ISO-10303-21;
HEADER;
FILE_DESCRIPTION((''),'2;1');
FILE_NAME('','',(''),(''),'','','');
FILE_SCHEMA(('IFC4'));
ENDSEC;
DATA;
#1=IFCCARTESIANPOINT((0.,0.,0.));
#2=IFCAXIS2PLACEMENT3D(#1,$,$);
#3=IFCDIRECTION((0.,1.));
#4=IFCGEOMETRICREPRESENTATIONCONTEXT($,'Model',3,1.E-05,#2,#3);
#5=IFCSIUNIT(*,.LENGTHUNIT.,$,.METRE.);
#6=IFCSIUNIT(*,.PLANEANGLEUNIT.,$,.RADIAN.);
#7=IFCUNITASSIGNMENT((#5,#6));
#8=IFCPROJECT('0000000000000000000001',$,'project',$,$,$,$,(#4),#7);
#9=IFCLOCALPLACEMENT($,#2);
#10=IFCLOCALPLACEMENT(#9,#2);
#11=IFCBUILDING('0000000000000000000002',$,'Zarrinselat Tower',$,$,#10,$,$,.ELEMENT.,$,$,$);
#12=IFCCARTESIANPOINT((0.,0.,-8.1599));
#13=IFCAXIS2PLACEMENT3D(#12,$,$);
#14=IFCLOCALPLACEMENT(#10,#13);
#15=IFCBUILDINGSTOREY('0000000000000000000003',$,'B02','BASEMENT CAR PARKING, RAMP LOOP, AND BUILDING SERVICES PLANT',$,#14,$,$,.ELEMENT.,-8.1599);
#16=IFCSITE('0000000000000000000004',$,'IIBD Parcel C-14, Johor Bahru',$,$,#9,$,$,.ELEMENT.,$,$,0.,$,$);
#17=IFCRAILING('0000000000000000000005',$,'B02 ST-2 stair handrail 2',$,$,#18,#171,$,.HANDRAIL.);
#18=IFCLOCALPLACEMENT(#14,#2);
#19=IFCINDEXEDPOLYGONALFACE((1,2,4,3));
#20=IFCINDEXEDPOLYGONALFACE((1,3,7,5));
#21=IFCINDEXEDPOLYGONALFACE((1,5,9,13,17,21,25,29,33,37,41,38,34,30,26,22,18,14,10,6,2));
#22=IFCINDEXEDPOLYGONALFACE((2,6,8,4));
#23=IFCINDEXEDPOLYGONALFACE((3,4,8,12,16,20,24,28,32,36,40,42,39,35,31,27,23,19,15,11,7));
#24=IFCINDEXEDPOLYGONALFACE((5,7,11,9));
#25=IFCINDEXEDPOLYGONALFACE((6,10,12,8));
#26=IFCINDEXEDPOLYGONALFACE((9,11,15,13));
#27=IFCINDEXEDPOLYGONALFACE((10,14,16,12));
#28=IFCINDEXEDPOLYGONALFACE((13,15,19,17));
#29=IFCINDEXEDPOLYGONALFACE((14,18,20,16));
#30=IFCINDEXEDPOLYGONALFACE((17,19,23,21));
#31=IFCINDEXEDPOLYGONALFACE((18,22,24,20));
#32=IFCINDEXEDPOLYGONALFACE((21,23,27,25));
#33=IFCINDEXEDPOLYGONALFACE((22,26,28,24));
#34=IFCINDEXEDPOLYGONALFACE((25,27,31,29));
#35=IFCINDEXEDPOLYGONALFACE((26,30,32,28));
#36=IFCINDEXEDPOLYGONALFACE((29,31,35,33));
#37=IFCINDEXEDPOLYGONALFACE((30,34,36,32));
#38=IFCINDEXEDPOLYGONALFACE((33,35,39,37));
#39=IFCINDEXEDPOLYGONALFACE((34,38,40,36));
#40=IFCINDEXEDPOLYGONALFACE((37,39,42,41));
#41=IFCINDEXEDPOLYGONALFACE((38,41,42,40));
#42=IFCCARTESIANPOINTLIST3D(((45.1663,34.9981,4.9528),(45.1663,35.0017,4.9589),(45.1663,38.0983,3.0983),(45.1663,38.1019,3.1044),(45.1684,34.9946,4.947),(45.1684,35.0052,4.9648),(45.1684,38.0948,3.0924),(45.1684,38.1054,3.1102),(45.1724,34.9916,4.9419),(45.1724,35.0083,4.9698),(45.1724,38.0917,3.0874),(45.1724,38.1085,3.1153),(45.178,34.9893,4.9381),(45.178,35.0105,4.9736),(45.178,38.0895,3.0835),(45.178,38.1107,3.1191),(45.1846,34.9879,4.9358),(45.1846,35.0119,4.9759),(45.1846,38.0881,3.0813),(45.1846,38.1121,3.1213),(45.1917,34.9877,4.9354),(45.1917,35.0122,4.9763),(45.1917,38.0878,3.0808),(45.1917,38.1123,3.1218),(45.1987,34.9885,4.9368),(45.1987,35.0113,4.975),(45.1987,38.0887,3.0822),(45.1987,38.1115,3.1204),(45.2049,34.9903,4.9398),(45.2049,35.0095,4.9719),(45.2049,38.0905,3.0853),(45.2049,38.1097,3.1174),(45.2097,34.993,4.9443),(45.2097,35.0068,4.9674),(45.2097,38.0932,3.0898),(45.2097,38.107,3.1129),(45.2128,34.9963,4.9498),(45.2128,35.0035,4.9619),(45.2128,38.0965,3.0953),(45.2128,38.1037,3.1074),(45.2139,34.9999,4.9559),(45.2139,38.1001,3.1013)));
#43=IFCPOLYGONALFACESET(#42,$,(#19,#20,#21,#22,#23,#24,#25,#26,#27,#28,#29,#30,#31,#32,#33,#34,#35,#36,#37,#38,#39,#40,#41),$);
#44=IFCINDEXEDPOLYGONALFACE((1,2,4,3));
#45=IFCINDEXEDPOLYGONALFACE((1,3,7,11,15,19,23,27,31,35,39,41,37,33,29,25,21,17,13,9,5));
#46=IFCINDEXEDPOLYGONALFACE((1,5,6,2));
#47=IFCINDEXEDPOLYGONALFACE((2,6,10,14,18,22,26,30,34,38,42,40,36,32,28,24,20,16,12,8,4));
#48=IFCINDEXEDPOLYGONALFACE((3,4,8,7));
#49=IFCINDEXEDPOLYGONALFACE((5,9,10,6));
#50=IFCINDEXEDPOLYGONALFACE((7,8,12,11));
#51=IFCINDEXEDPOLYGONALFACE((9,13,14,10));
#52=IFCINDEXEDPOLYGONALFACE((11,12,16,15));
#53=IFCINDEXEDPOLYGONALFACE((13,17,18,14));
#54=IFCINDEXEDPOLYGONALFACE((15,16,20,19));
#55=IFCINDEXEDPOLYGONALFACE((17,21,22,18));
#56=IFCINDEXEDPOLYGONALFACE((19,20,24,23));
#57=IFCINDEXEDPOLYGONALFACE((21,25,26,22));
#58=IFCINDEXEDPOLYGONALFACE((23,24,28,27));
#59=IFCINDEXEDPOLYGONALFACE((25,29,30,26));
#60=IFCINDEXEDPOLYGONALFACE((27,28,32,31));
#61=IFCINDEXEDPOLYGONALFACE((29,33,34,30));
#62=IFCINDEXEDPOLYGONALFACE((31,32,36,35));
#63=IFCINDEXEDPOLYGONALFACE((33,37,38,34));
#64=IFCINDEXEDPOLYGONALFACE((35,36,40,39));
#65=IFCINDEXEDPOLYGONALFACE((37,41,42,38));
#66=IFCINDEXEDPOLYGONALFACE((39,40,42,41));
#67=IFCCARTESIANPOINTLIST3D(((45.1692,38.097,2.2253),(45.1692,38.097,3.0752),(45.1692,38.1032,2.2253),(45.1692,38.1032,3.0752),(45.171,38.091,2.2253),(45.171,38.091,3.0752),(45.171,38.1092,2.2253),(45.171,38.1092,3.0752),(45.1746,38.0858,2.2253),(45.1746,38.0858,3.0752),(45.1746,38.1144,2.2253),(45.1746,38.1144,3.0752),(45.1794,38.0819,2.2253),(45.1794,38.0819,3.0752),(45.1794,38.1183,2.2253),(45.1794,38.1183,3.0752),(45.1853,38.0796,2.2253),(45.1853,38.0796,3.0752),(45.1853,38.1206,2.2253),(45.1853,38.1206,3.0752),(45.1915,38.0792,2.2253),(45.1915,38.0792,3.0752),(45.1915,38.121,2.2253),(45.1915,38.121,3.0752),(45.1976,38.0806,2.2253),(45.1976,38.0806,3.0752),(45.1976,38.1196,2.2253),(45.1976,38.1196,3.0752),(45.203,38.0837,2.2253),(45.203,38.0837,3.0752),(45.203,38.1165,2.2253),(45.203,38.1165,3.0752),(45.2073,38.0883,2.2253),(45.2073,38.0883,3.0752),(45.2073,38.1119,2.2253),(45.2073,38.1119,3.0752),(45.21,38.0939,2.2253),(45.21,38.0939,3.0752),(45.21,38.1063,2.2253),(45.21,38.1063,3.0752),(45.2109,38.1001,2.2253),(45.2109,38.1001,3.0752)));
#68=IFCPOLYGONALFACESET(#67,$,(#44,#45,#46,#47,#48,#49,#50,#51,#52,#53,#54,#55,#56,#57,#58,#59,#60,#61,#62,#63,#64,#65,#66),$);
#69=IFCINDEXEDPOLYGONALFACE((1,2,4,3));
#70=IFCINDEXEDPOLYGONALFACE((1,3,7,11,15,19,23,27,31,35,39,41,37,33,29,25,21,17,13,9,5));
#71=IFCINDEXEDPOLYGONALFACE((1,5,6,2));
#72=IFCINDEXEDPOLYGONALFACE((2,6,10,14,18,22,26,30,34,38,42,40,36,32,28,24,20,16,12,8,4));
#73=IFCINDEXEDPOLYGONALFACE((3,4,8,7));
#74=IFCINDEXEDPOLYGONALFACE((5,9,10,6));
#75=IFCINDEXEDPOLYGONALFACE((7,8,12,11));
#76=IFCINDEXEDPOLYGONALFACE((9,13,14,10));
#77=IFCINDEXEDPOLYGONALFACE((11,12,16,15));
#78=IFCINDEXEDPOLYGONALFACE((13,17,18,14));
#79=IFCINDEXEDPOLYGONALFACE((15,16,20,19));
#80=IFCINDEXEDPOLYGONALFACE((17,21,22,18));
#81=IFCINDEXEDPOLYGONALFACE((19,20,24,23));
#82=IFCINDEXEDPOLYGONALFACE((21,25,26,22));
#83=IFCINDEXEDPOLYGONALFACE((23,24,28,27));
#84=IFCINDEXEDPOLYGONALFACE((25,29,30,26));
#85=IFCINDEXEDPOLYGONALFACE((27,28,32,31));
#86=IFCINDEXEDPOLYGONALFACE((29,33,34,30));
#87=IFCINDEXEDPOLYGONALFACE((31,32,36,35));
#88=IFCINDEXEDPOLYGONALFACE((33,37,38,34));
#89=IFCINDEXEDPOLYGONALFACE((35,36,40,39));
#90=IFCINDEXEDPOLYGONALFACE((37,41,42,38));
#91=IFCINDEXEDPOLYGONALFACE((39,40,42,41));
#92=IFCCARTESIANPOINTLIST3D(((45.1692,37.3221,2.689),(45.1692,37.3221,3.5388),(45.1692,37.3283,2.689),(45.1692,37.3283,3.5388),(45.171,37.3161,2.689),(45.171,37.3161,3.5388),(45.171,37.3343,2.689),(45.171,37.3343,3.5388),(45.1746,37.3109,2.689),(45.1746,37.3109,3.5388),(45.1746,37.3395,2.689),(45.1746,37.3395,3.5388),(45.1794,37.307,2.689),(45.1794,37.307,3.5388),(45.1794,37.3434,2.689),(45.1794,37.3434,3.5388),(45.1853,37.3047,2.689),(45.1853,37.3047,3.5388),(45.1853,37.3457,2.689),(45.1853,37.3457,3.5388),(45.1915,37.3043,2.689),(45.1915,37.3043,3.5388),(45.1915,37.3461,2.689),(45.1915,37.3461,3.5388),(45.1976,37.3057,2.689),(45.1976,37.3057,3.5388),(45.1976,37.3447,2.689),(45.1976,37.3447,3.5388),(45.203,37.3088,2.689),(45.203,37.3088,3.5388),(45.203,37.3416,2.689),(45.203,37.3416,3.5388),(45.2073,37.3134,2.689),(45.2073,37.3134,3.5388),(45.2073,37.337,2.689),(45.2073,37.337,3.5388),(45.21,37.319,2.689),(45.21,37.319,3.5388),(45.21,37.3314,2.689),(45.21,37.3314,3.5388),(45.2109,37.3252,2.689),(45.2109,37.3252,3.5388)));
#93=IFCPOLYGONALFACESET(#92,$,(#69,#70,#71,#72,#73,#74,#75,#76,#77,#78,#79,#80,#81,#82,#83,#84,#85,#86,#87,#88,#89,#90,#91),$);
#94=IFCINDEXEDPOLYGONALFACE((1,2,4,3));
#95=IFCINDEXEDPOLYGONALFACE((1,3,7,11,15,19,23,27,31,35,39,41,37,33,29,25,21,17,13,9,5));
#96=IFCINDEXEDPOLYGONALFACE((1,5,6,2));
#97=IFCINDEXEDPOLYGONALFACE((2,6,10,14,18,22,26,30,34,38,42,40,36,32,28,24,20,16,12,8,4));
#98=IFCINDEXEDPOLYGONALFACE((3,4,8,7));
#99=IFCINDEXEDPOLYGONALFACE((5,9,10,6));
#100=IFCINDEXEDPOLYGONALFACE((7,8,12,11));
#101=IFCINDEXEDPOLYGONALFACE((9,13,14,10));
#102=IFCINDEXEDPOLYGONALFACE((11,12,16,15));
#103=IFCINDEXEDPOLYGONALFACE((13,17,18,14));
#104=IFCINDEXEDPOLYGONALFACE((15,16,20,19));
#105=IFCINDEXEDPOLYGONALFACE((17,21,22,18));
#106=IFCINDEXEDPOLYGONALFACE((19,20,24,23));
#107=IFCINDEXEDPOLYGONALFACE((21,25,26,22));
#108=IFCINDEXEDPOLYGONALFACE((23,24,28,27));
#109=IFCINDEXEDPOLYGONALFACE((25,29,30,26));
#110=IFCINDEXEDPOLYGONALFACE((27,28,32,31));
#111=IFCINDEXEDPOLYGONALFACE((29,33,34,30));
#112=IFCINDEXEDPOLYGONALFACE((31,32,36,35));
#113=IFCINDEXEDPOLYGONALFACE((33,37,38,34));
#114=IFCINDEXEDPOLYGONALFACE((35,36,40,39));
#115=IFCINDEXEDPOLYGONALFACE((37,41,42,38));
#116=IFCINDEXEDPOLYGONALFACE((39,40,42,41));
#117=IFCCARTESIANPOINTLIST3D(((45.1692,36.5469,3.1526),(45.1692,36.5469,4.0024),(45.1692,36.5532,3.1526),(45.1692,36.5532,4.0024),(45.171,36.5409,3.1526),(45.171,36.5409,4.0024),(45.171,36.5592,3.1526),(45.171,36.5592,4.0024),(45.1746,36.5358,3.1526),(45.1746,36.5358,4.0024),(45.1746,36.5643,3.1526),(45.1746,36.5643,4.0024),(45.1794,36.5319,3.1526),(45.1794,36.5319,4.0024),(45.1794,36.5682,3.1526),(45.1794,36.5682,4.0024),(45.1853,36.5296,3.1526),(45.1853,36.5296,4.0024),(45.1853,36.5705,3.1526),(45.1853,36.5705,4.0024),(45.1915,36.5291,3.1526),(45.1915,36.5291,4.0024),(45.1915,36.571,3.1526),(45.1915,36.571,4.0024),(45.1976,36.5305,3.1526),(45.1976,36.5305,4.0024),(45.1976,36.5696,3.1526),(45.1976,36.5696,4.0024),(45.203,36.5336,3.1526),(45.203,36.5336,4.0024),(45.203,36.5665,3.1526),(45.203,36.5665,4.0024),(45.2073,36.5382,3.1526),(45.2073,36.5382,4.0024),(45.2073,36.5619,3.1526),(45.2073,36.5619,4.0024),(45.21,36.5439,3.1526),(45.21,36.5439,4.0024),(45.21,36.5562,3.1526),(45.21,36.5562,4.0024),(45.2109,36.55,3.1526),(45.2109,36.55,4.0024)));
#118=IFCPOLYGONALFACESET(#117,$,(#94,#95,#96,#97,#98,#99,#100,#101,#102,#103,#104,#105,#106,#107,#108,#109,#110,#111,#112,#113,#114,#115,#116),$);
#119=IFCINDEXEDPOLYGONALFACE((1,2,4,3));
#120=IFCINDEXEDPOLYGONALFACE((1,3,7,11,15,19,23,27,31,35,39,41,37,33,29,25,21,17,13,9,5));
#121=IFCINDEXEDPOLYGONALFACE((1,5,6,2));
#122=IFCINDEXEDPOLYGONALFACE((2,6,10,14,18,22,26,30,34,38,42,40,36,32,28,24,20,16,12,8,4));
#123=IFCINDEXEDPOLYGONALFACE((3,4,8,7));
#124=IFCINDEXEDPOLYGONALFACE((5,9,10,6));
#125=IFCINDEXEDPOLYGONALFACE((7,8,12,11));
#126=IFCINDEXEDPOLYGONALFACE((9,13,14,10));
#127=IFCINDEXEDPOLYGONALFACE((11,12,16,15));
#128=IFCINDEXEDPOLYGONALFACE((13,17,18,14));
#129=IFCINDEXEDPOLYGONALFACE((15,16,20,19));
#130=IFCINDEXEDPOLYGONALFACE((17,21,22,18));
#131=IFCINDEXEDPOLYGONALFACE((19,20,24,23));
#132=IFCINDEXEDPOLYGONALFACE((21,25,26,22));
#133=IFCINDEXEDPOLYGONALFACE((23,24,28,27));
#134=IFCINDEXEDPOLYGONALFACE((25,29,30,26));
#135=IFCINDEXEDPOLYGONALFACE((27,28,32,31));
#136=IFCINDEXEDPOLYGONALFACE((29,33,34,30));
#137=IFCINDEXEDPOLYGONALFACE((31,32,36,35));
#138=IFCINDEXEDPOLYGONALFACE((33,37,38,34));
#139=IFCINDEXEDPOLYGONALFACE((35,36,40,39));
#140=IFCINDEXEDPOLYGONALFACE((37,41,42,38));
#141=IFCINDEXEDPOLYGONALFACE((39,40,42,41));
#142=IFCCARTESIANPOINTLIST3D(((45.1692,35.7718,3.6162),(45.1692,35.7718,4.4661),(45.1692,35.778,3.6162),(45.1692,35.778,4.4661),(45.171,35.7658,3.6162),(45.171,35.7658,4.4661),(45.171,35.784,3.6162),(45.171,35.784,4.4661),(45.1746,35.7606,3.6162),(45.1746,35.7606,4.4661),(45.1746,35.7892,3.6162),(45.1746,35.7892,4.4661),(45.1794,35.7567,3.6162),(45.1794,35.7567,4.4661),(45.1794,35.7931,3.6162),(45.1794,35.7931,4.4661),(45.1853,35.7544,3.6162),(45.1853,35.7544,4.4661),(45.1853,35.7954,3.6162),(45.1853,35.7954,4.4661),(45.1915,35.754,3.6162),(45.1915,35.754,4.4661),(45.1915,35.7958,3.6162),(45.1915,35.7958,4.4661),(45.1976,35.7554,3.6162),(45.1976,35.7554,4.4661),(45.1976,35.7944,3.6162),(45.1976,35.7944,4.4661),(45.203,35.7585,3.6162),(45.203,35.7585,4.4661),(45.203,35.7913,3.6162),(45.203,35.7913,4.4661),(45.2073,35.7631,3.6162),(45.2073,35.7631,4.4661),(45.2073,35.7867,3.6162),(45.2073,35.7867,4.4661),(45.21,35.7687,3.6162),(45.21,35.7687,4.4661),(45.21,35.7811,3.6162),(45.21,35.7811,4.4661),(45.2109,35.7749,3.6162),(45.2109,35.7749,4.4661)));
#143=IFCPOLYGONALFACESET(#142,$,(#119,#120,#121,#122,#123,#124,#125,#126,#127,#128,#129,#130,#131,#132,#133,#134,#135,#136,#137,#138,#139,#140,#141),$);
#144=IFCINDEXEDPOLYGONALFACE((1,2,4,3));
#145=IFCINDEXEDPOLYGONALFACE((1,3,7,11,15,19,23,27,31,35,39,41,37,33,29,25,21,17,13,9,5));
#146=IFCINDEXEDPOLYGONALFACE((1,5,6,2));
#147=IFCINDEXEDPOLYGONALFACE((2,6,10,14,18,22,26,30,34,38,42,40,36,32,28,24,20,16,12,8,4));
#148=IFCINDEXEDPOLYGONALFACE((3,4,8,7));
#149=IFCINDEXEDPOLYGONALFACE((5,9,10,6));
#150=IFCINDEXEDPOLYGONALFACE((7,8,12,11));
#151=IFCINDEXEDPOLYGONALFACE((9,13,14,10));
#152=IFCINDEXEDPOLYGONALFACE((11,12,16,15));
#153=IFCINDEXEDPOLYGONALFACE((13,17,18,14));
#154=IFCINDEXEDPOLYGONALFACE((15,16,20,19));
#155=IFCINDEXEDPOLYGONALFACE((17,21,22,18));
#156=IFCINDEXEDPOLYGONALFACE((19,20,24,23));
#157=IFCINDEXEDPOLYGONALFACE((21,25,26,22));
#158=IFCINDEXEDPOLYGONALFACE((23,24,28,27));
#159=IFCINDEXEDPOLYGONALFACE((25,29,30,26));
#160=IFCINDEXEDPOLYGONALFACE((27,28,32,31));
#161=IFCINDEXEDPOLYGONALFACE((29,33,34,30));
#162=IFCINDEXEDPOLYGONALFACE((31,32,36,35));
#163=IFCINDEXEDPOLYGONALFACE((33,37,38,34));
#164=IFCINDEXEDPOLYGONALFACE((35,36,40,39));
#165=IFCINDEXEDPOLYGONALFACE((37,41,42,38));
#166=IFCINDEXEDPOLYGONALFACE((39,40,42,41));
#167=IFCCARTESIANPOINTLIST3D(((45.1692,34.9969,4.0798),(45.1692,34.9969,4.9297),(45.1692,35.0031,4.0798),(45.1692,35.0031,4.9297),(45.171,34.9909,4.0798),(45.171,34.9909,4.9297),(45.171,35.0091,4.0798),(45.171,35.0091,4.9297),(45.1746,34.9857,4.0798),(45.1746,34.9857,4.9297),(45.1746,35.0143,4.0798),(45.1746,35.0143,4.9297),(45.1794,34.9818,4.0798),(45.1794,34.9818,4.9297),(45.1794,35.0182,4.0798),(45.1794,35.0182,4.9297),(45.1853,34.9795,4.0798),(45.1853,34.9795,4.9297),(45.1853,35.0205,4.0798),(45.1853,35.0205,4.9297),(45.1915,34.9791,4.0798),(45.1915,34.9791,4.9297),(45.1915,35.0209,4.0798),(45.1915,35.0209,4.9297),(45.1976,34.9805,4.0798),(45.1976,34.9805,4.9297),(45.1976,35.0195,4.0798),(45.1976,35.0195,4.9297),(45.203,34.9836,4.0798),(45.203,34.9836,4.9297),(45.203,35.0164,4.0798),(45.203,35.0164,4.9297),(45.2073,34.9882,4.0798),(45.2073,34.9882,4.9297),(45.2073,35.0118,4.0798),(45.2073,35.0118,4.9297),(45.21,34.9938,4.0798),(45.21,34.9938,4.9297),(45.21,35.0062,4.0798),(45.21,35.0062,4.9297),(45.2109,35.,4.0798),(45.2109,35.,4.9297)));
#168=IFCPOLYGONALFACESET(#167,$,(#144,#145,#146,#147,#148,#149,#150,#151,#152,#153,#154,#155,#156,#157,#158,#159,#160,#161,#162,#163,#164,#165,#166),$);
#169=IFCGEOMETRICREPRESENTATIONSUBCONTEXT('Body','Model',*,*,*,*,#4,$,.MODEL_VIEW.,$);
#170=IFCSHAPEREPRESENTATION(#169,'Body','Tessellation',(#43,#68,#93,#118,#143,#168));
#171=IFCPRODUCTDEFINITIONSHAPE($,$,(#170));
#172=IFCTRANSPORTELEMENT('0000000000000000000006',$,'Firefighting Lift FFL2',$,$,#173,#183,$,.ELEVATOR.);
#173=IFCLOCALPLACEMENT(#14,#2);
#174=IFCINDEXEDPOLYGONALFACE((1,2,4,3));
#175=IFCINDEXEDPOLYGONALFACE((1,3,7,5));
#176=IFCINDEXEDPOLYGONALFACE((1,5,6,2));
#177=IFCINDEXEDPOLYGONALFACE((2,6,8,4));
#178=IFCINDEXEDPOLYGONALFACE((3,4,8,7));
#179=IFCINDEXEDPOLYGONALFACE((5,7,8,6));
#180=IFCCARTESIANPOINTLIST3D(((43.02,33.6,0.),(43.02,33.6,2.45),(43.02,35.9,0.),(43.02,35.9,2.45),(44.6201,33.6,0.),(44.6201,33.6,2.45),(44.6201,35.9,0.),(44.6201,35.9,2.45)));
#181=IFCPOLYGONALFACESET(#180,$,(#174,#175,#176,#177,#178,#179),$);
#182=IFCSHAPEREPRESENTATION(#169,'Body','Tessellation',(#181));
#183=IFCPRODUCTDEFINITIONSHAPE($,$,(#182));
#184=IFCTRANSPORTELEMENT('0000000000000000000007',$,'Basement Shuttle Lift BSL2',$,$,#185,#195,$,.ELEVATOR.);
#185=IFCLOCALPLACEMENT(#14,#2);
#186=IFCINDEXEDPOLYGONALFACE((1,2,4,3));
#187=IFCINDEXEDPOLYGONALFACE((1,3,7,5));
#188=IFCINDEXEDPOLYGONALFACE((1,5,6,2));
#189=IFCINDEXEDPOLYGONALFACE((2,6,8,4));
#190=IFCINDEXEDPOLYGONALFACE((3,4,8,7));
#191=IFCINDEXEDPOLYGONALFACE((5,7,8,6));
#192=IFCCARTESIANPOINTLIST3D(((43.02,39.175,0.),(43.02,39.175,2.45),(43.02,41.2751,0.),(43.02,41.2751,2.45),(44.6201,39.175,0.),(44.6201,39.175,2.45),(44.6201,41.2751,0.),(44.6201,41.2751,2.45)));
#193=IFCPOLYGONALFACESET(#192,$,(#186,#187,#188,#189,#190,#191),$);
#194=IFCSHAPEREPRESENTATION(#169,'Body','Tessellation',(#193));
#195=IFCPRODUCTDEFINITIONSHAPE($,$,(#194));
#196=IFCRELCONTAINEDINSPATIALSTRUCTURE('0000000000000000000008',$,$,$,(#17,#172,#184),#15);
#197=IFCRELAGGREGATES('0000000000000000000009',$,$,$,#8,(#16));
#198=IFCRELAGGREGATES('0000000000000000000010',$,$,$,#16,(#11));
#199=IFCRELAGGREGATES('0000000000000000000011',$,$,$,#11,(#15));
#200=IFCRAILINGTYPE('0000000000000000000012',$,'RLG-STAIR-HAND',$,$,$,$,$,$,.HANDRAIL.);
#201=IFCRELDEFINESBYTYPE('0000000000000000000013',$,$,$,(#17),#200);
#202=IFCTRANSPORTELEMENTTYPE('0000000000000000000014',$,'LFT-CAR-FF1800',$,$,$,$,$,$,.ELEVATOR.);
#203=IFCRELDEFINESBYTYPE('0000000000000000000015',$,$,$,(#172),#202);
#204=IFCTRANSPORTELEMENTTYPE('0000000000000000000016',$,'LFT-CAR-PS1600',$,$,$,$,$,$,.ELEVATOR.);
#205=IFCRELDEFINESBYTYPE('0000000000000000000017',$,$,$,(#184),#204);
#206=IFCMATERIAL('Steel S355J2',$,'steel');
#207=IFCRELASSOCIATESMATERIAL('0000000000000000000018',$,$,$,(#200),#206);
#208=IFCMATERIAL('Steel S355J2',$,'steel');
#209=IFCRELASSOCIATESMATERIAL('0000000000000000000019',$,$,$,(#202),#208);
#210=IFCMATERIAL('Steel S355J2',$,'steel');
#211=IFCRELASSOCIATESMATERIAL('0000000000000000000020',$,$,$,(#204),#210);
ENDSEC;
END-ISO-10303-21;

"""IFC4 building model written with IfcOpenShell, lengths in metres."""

from ifc_helpers import new_model, si_unit, direction, frame, origin, origin_2d, place, context, subcontext, project, spatial, rectangle, circle, extrude, material, type_object, element, save


model = new_model("IFC4")

# Units and contexts
model_context = context("Model", 3, precision=1e-05, world=origin(), true_north=direction((0.0, 1.0)))
body_context = subcontext(model_context, "Body", "Model", "MODEL_VIEW")
ifc_project = project(units=[si_unit("LENGTHUNIT", "METRE"), si_unit("PLANEANGLEUNIT", "RADIAN")], contexts=[model_context])

# Site, building, storey
site_placement = place(None, origin())
site = spatial("IfcSite", under=ifc_project, at=site_placement, Name="IIBD Parcel C-14, Johor Bahru", CompositionType="ELEMENT", RefElevation=0.0)
building_placement = place(site_placement, origin())
building = spatial("IfcBuilding", under=site, at=building_placement, Name="Zarrinselat Tower", CompositionType="ELEMENT")
storey_placement = place(building_placement, frame((0.0, 0.0, -8.1599)))
storey = spatial("IfcBuildingStorey", under=building, at=storey_placement, Name="B02", Description="BASEMENT CAR PARKING, RAMP LOOP, AND BUILDING SERVICES PLANT", CompositionType="ELEMENT", Elevation=-8.1599)

# Railing
ifc_material_1 = material(Name="Steel S355J2", Category="steel")
railing_type_1 = type_object("IfcRailingType", Name="RLG-STAIR-HAND", PredefinedType="HANDRAIL", material=ifc_material_1)
railing_1_placement = place(storey_placement, frame((45.1899, 38.1001, 2.2253)))
element("IfcRailing", 1, at=railing_1_placement, inside=storey, type_object=railing_type_1, Name="B02 ST-2 stair handrail 2", PredefinedType="HANDRAIL", context=body_context, shape_type="SweptSolid", body=[
    extrude(circle(Radius=0.0239, at=origin_2d()), frame((0.0, 0.0, 0.876), z_axis=(0.0, -0.858172, 0.513362), x_axis=(1.0, 0.0, 0.0)), (0.0, 0.0, 1.0), 3.6125),
    extrude(circle(Radius=0.021, at=origin_2d()), origin(), (0.0, 0.0, 1.0), 0.8499),
    extrude(circle(Radius=0.021, at=origin_2d()), frame((0.0, -0.7749, 0.4636)), (0.0, 0.0, 1.0), 0.8499),
    extrude(circle(Radius=0.021, at=origin_2d()), frame((0.0, -1.55, 0.9272)), (0.0, 0.0, 1.0), 0.8499),
    extrude(circle(Radius=0.021, at=origin_2d()), frame((0.0, -2.3252, 1.3909)), (0.0, 0.0, 1.0), 0.8499),
    extrude(circle(Radius=0.021, at=origin_2d()), frame((0.0, -3.1001, 1.8545)), (0.0, 0.0, 1.0), 0.8499),
])

# Transport elements
ifc_material_2 = material(Name="Steel S355J2", Category="steel")
transport_element_type_1 = type_object("IfcTransportElementType", Name="LFT-CAR-FF1800", PredefinedType="ELEVATOR", material=ifc_material_2)
transport_element_1_placement = place(storey_placement, frame((43.8201, 34.75, 0.0), z_axis=(0.0, 0.0, 1.0), x_axis=(1.0, 0.0, 0.0)))
element("IfcTransportElement", 2, at=transport_element_1_placement, inside=storey, type_object=transport_element_type_1, Name="Firefighting Lift FFL2", PredefinedType="ELEVATOR", context=body_context, shape_type="SweptSolid", body=[
    extrude(rectangle(XDim=1.6001, YDim=2.3, at=origin_2d()), origin(), (0.0, 0.0, 1.0), 2.45),
])
ifc_material_3 = material(Name="Steel S355J2", Category="steel")
transport_element_type_2 = type_object("IfcTransportElementType", Name="LFT-CAR-PS1600", PredefinedType="ELEVATOR", material=ifc_material_3)
transport_element_2_placement = place(storey_placement, frame((43.8201, 40.2251, 0.0), z_axis=(0.0, 0.0, 1.0), x_axis=(1.0, 0.0, 0.0)))
element("IfcTransportElement", 3, at=transport_element_2_placement, inside=storey, type_object=transport_element_type_2, Name="Basement Shuttle Lift BSL2", PredefinedType="ELEVATOR", context=body_context, shape_type="SweptSolid", body=[
    extrude(rectangle(XDim=1.6001, YDim=2.1001, at=origin_2d()), origin(), (0.0, 0.0, 1.0), 2.45),
])

save(model, "model.ifc")
